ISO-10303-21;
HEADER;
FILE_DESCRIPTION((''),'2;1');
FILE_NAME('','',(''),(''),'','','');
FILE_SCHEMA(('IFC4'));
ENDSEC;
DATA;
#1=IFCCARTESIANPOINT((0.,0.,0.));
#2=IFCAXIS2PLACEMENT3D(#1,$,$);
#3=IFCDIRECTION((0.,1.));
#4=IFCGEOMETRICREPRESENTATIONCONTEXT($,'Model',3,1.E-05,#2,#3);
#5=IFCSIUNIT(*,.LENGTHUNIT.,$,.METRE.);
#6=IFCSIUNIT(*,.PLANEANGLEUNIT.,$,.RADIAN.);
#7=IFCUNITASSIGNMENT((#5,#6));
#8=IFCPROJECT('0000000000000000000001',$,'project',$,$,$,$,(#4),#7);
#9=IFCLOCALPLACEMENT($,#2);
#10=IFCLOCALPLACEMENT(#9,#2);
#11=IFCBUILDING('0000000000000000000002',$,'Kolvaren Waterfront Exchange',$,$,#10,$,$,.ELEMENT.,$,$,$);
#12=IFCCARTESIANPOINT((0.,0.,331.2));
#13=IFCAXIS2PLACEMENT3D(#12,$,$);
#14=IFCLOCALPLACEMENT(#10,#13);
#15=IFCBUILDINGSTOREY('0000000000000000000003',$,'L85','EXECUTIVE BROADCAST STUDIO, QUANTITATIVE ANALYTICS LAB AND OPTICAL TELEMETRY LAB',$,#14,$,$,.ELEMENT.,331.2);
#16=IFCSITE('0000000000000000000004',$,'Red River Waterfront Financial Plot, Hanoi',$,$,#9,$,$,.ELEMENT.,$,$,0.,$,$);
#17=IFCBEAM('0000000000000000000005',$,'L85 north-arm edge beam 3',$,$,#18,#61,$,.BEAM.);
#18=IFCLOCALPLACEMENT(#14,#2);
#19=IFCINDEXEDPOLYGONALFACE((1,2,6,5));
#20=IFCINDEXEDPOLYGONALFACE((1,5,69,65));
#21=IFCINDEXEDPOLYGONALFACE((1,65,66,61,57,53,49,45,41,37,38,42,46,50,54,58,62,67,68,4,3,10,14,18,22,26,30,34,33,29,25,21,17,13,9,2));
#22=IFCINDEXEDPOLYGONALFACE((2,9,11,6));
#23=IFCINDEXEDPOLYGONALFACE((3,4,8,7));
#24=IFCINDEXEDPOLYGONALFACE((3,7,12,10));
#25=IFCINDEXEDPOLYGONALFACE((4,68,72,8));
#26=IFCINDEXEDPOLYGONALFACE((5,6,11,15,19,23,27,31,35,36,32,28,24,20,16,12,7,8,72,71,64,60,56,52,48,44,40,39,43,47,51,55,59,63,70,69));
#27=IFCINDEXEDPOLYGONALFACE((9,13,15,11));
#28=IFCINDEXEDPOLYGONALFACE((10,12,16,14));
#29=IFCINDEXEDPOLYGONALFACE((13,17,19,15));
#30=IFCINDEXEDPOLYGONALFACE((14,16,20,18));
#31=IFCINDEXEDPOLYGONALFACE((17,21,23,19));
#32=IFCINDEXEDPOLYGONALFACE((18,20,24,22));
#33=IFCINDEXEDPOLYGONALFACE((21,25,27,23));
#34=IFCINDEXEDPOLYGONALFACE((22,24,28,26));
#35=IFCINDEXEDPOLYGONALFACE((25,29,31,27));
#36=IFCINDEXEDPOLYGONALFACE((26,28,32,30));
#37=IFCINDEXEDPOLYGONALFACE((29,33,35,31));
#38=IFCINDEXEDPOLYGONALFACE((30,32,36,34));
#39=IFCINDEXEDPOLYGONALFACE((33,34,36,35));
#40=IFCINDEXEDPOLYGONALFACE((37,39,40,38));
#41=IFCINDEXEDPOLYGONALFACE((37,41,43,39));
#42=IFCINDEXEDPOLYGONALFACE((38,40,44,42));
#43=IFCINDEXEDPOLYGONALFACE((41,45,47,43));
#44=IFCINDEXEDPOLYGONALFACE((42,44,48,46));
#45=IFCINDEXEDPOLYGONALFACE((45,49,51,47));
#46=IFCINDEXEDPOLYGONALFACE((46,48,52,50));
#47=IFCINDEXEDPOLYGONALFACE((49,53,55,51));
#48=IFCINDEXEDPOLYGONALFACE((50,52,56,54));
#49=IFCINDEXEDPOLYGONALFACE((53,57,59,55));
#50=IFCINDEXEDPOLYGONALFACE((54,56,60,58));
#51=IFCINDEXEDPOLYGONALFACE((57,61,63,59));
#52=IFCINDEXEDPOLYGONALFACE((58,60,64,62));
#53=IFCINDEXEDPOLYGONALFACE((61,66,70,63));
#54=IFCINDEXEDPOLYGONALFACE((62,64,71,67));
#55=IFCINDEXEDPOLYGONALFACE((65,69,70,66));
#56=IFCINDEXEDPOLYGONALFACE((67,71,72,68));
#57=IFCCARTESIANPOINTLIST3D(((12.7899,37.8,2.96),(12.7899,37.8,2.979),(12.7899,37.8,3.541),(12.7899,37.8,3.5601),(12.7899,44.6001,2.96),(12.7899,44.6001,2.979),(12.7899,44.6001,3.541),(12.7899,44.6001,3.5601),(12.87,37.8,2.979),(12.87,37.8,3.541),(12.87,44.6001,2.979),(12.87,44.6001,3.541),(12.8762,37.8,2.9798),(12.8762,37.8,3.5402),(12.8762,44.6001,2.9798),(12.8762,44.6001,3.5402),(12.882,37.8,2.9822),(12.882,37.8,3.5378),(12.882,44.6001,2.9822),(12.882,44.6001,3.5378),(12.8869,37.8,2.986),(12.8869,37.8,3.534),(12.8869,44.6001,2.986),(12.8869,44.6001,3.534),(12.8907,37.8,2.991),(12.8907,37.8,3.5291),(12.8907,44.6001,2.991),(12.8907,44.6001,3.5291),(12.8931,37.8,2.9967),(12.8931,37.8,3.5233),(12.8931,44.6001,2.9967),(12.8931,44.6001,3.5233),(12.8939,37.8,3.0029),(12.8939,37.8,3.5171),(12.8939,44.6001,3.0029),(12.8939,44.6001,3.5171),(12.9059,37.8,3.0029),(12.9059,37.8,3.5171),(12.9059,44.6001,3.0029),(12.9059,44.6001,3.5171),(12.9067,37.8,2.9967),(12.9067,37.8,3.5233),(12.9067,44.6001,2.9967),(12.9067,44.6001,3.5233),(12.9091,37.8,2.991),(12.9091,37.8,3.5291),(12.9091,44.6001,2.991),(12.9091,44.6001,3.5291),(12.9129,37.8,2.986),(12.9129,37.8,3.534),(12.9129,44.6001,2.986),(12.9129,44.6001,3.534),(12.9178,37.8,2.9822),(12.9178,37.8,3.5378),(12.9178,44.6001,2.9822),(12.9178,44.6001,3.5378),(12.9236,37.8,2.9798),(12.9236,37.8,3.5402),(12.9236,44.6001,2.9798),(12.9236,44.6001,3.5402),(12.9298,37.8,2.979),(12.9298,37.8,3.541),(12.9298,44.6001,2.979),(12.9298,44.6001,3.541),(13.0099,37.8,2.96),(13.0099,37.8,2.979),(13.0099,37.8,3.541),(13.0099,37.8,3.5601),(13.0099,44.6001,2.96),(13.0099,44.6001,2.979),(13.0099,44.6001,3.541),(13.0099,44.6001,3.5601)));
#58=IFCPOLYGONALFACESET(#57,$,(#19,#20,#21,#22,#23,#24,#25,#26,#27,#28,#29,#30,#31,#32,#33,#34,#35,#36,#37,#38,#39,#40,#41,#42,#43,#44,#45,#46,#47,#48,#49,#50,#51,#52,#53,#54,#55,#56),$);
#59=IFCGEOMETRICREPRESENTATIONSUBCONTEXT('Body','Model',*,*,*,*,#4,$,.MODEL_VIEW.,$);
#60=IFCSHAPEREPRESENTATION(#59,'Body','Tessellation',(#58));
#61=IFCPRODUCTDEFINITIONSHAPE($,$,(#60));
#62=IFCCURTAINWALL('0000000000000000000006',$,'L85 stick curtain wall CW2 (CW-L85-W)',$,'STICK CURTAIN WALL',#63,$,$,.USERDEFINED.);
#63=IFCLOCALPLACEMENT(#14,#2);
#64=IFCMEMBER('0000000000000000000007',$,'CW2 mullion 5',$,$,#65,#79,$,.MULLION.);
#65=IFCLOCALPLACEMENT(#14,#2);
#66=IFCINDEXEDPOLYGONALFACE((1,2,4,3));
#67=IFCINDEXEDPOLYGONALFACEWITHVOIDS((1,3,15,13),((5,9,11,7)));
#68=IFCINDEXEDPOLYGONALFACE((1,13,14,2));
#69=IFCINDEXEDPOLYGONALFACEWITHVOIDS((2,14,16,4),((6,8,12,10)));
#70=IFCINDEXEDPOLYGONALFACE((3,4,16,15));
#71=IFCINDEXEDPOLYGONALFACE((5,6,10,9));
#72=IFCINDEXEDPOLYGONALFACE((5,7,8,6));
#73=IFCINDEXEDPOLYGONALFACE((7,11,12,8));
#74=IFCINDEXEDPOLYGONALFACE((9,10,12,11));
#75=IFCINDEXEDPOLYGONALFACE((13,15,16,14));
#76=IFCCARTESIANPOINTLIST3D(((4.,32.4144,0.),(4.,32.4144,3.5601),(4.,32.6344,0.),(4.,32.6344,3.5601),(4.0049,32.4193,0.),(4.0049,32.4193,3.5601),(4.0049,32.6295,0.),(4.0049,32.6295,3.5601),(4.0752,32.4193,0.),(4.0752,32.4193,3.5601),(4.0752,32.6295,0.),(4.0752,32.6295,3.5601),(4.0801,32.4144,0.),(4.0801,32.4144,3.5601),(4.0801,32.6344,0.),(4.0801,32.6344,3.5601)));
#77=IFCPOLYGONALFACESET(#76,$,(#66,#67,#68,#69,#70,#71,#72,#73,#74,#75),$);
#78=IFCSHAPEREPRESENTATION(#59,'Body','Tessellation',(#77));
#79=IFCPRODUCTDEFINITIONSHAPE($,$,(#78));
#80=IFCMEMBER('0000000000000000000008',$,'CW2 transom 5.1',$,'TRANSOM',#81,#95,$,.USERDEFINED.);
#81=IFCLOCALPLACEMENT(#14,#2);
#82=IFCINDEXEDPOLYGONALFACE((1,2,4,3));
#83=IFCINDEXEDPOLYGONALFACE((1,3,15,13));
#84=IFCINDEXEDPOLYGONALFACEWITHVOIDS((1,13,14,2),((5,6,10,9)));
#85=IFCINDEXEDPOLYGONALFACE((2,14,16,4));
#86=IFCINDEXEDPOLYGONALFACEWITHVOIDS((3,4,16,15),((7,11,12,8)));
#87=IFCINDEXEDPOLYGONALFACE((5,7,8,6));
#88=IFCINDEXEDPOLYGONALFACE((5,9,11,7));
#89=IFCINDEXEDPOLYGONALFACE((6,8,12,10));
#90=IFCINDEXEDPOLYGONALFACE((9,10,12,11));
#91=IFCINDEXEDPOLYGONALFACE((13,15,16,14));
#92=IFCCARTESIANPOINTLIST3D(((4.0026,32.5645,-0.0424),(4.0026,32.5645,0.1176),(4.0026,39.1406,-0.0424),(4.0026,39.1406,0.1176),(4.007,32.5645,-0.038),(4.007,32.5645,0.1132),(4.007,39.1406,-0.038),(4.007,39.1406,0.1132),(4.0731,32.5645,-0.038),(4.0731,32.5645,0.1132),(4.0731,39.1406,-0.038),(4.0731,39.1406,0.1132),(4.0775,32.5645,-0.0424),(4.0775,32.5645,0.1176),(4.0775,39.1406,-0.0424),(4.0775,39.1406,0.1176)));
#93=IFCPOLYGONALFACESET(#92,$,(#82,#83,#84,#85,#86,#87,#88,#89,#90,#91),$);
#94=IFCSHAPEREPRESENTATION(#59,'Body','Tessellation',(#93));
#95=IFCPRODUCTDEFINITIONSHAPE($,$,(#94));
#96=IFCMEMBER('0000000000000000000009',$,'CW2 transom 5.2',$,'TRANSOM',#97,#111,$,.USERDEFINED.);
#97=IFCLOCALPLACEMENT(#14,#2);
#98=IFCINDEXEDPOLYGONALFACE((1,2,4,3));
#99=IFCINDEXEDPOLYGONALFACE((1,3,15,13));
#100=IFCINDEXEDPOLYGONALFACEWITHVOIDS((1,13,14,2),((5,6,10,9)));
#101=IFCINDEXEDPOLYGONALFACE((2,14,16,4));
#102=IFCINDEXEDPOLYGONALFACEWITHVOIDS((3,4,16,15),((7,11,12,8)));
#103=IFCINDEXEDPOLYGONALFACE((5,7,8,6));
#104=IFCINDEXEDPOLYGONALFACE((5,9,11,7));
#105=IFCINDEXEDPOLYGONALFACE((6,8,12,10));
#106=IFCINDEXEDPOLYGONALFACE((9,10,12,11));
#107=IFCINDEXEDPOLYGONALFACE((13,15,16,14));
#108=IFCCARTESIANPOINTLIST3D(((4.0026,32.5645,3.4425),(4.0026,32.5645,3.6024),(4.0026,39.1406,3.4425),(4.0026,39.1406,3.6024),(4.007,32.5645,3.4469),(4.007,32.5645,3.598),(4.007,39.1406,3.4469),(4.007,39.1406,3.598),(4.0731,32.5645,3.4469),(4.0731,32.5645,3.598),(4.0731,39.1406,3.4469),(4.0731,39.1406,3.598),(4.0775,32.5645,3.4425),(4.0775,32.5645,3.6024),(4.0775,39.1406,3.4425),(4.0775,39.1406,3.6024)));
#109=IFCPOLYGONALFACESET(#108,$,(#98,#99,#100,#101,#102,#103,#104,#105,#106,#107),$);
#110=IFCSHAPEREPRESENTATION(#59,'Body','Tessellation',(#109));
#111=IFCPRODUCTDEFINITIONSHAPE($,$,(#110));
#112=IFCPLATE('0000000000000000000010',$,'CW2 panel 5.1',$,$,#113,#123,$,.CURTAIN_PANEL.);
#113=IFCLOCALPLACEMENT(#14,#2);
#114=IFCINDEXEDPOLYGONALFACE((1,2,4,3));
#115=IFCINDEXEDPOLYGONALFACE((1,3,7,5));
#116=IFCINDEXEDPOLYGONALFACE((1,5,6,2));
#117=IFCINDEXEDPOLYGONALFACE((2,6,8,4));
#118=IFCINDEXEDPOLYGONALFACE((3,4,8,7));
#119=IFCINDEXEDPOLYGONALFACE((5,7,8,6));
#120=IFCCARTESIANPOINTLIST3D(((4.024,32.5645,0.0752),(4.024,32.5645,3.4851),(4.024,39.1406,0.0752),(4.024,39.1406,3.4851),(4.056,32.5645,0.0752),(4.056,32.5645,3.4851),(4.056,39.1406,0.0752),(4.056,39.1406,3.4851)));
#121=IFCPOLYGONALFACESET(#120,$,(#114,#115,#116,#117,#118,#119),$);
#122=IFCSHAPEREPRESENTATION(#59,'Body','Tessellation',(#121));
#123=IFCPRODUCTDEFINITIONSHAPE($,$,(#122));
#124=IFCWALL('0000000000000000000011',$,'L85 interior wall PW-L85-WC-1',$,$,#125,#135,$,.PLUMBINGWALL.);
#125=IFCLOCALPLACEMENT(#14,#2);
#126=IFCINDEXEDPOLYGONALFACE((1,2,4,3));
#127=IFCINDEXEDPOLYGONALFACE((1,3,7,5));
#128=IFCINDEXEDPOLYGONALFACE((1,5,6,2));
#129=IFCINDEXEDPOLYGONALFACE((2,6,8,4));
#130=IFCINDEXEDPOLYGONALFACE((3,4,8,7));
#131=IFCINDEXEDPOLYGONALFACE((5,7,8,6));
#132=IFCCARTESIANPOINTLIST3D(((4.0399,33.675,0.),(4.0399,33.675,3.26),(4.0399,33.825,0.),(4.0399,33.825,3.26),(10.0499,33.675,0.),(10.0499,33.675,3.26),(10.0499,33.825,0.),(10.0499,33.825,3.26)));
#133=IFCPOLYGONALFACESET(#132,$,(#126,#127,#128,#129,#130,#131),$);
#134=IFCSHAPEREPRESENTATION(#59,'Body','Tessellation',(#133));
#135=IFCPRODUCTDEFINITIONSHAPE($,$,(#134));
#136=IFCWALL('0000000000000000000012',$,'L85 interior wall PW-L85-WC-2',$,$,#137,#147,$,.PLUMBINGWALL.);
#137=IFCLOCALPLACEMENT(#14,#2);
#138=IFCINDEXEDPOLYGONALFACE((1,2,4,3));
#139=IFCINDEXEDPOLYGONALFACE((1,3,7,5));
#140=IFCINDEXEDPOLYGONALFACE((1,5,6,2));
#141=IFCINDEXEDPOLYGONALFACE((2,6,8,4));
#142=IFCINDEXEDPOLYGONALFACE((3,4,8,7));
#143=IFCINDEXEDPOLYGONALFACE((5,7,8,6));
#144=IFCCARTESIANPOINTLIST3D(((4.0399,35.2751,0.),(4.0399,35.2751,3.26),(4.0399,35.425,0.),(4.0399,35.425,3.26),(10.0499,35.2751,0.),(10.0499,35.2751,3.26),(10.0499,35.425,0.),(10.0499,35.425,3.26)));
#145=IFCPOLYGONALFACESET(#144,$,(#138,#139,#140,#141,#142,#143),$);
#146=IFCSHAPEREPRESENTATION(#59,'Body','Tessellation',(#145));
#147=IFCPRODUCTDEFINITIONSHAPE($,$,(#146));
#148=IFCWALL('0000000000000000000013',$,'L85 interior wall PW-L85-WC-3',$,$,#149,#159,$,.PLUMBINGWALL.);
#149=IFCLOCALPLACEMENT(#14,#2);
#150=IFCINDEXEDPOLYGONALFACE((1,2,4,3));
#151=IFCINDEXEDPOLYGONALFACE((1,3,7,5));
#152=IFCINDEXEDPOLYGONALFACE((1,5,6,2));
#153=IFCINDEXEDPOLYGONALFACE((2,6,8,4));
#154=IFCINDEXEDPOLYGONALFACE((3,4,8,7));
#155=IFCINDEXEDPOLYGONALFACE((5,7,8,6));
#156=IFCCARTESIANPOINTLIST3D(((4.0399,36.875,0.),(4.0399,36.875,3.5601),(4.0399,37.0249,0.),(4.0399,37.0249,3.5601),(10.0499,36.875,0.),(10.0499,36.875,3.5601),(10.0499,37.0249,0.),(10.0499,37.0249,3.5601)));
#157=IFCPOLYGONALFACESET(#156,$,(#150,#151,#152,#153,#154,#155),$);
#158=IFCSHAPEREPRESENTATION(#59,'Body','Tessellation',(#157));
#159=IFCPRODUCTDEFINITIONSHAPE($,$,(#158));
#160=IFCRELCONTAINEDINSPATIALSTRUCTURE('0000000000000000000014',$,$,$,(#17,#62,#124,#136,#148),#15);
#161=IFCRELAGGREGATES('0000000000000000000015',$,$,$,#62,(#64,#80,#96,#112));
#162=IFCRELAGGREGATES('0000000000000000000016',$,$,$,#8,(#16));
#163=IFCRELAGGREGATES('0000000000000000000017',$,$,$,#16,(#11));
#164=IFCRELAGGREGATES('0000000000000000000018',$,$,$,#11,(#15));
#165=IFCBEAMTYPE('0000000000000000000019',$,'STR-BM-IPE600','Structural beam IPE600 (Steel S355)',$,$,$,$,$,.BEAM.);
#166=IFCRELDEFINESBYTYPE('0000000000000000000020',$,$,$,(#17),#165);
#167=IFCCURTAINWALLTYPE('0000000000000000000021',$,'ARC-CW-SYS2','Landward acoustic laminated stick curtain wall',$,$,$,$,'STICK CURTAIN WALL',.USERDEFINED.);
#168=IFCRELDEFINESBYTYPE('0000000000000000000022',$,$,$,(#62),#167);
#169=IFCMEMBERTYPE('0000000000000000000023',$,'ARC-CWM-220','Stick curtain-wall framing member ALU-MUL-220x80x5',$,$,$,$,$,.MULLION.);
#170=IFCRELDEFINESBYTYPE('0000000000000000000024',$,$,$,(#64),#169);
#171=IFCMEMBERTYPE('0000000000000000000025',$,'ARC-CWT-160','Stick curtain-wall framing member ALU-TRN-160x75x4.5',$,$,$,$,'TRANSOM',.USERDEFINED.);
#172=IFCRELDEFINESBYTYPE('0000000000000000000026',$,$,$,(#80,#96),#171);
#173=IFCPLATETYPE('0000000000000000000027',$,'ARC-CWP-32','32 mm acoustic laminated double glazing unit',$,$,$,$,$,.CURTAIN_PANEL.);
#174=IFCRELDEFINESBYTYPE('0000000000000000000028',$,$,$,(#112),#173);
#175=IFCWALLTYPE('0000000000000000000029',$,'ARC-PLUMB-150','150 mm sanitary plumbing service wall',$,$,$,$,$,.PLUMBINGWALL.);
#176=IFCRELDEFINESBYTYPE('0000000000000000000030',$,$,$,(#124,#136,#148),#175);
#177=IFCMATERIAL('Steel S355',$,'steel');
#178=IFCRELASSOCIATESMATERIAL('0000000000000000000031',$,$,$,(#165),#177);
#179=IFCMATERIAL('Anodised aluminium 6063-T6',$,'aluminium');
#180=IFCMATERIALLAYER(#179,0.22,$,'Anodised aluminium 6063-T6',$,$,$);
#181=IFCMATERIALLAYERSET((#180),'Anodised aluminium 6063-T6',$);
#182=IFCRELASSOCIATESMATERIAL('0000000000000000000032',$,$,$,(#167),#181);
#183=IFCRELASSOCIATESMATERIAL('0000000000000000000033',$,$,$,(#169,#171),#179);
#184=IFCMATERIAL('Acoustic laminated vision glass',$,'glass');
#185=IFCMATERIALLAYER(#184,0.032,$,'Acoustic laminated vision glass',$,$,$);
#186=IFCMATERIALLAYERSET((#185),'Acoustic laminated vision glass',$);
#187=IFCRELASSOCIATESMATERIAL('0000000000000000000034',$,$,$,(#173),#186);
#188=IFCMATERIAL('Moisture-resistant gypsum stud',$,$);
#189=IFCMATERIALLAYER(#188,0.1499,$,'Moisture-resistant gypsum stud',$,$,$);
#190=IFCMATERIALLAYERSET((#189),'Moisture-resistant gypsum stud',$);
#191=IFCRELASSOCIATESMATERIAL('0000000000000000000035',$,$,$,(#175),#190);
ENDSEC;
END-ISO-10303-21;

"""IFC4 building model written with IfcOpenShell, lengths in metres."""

from ifc_helpers import new_model, si_unit, direction, frame, frame_2d, origin, origin_with_axes, origin_2d, place, context, subcontext, project, spatial, rectangle, hollow_rectangle, i_section, extrude, source, transform, mapped, material, layer, layer_set, material_profile, profile_set, type_object, element, aggregate, save


model = new_model("IFC4")

# Units and contexts
model_context = context("Model", 3, precision=1e-05, world=origin(), true_north=direction((0.0, 1.0)))
body_context = subcontext(model_context, "Body", "Model", "MODEL_VIEW")
ifc_project = project(units=[si_unit("LENGTHUNIT", "METRE"), si_unit("PLANEANGLEUNIT", "RADIAN")], contexts=[model_context])

# Site, building, storey
site_placement = place(None, origin())
site = spatial("IfcSite", under=ifc_project, at=site_placement, Name="Red River Waterfront Financial Plot, Hanoi", CompositionType="ELEMENT", RefElevation=0.0)
building_placement = place(site_placement, origin())
building = spatial("IfcBuilding", under=site, at=building_placement, Name="Kolvaren Waterfront Exchange", CompositionType="ELEMENT")
storey_placement = place(building_placement, frame((0.0, 0.0, 331.2)))
storey = spatial("IfcBuildingStorey", under=building, at=storey_placement, Name="L85", Description="EXECUTIVE BROADCAST STUDIO, QUANTITATIVE ANALYTICS LAB AND OPTICAL TELEMETRY LAB", CompositionType="ELEMENT", Elevation=331.2)

# Beam
ifc_material_1 = material(Name="Steel S355", Category="steel")
ifc_material_profile_1 = material_profile(ifc_material_1, i_section(OverallWidth=0.22, OverallDepth=0.6001, WebThickness=0.012, FlangeThickness=0.019, FilletRadius=0.0239, at=origin_2d()), Name="IPE600")
ifc_profile_set_1 = profile_set([ifc_material_profile_1], Name="Steel S355")
beam_type_1 = type_object("IfcBeamType", Name="STR-BM-IPE600", Description="Structural beam IPE600 (Steel S355)", PredefinedType="BEAM", material=ifc_profile_set_1)
beam_1_placement = place(storey_placement, frame((12.8999, 37.8, 3.26), z_axis=(0.0, 1.0, 0.0), x_axis=(-1.0, 0.0, 0.0)))
element("IfcBeam", 1, at=beam_1_placement, inside=storey, type_object=beam_type_1, Name="L85 north-arm edge beam 3", PredefinedType="BEAM", context=body_context, shape_type="SweptSolid", body=[
    extrude(i_section(OverallWidth=0.22, OverallDepth=0.6001, WebThickness=0.012, FlangeThickness=0.019, FilletRadius=0.0239, at=origin_2d()), origin(), (0.0, 0.0, 1.0), 6.8),
])

# Curtain wall, members, plate
ifc_material_2 = material(Name="Anodised aluminium 6063-T6", Category="aluminium")
ifc_layer_1 = layer(ifc_material_2, 0.22, Name="Anodised aluminium 6063-T6")
ifc_layer_set_1 = layer_set([ifc_layer_1], Name="Anodised aluminium 6063-T6")
curtain_wall_type = type_object("IfcCurtainWallType", Name="ARC-CW-SYS2", Description="Landward acoustic laminated stick curtain wall", ElementType="STICK CURTAIN WALL", PredefinedType="USERDEFINED", material=ifc_layer_set_1)
curtain_wall_placement = place(storey_placement, origin())
curtain_wall = element("IfcCurtainWall", 2, at=curtain_wall_placement, inside=storey, type_object=curtain_wall_type, Name="L85 stick curtain wall CW2 (CW-L85-W)", ObjectType="STICK CURTAIN WALL", PredefinedType="USERDEFINED")
ifc_material_profile_2 = material_profile(ifc_material_2, hollow_rectangle(XDim=0.0801, YDim=0.22, WallThickness=0.0049, at=origin_2d()), Name="ALU-MUL-220x80x5")
ifc_profile_set_2 = profile_set([ifc_material_profile_2], Name="Anodised aluminium 6063-T6")
member_type_1 = type_object("IfcMemberType", Name="ARC-CWM-220", Description="Stick curtain-wall framing member ALU-MUL-220x80x5", PredefinedType="MULLION", material=ifc_profile_set_2)
shared_shape_1 = source(origin_with_axes(), body_context, "Body", "SweptSolid", [
    extrude(hollow_rectangle(XDim=0.0801, YDim=0.22, WallThickness=0.0049, at=origin_2d()), origin(), (0.0, 0.0, 1.0), 3.5601),
])
member_1_placement = place(storey_placement, frame((4.04, 32.5244, 0.0), z_axis=(0.0, 0.0, 1.0), x_axis=(-1.0, 0.0, 0.0)))
member_1 = element("IfcMember", 3, at=member_1_placement, type_object=member_type_1, Name="CW2 mullion 5", PredefinedType="MULLION", context=body_context, shape_type="MappedRepresentation", body=[
    mapped(shared_shape_1, transform((0.0, 0.0, 0.0), x_axis=(1.0, 0.0, 0.0), y_axis=(0.0, 1.0, 0.0), z_axis=(0.0, 0.0, 1.0), scale=1.0)),
])
ifc_material_profile_3 = material_profile(ifc_material_2, hollow_rectangle(XDim=0.075, YDim=0.1599, WallThickness=0.0044, at=origin_2d()), Name="ALU-TRN-160x75x4.5")
ifc_profile_set_3 = profile_set([ifc_material_profile_3], Name="Anodised aluminium 6063-T6")
member_type_2 = type_object("IfcMemberType", Name="ARC-CWT-160", Description="Stick curtain-wall framing member ALU-TRN-160x75x4.5", ElementType="TRANSOM", PredefinedType="USERDEFINED", material=ifc_profile_set_3)
shared_shape_2 = source(origin_with_axes(), body_context, "Body", "SweptSolid", [
    extrude(hollow_rectangle(XDim=0.075, YDim=0.1599, WallThickness=0.0044, at=origin_2d()), origin(), (0.0, 0.0, 1.0), 6.5762),
])
member_2_placement = place(storey_placement, frame((4.04, 32.5645, 0.0376), z_axis=(0.0, 1.0, 0.0), x_axis=(-1.0, 0.0, 0.0)))
member_2 = element("IfcMember", 4, at=member_2_placement, type_object=member_type_2, Name="CW2 transom 5.1", ObjectType="TRANSOM", PredefinedType="USERDEFINED", context=body_context, shape_type="MappedRepresentation", body=[
    mapped(shared_shape_2, transform((0.0, 0.0, 0.0), x_axis=(1.0, 0.0, 0.0), y_axis=(0.0, 1.0, 0.0), z_axis=(0.0, 0.0, 1.0), scale=1.0)),
])
member_3_placement = place(storey_placement, frame((4.04, 32.5645, 3.5225), z_axis=(0.0, 1.0, 0.0), x_axis=(-1.0, 0.0, 0.0)))
member_3 = element("IfcMember", 5, at=member_3_placement, type_object=member_type_2, Name="CW2 transom 5.2", ObjectType="TRANSOM", PredefinedType="USERDEFINED", context=body_context, shape_type="MappedRepresentation", body=[
    mapped(shared_shape_2, transform((0.0, 0.0, 0.0), x_axis=(1.0, 0.0, 0.0), y_axis=(0.0, 1.0, 0.0), z_axis=(0.0, 0.0, 1.0), scale=1.0)),
])
ifc_material_3 = material(Name="Acoustic laminated vision glass", Category="glass")
ifc_layer_2 = layer(ifc_material_3, 0.032, Name="Acoustic laminated vision glass")
ifc_layer_set_2 = layer_set([ifc_layer_2], Name="Acoustic laminated vision glass")
plate_type = type_object("IfcPlateType", Name="ARC-CWP-32", Description="32 mm acoustic laminated double glazing unit", PredefinedType="CURTAIN_PANEL", material=ifc_layer_set_2)
shared_shape_3 = source(origin_with_axes(), body_context, "Body", "SweptSolid", [
    extrude(rectangle(XDim=6.5762, YDim=0.032, at=origin_2d()), origin(), (0.0, 0.0, 1.0), 3.4099),
])
plate_placement = place(storey_placement, frame((4.04, 35.8525, 0.0752), z_axis=(0.0, 0.0, 1.0), x_axis=(0.0, 1.0, 0.0)))
plate = element("IfcPlate", 6, at=plate_placement, type_object=plate_type, Name="CW2 panel 5.1", PredefinedType="CURTAIN_PANEL", context=body_context, shape_type="MappedRepresentation", body=[
    mapped(shared_shape_3, transform((0.0, 0.0, 0.0), x_axis=(1.0, 0.0, 0.0), y_axis=(0.0, 1.0, 0.0), z_axis=(0.0, 0.0, 1.0), scale=1.0)),
])
aggregate(curtain_wall, [member_1, member_2, member_3, plate])

# Shared definitions
ifc_material_4 = material(Name="Moisture-resistant gypsum stud")
ifc_layer_3 = layer(ifc_material_4, 0.1499, Name="Moisture-resistant gypsum stud")
ifc_layer_set_3 = layer_set([ifc_layer_3], Name="Moisture-resistant gypsum stud")
wall_type = type_object("IfcWallType", Name="ARC-PLUMB-150", Description="150 mm sanitary plumbing service wall", PredefinedType="PLUMBINGWALL", material=ifc_layer_set_3)

# Walls
for number, where, z_axis, x_axis, name in (
    (7, (4.04, 33.75, 0.0), (0.0, 0.0, 1.0), (1.0, 0.0, 0.0), "L85 interior wall PW-L85-WC-1"),
    (8, (4.04, 35.3501, 0.0), (0.0, 0.0, 1.0), (1.0, 0.0, 0.0), "L85 interior wall PW-L85-WC-2"),
):
    element("IfcWall", number, at=place(storey_placement, frame(where, z_axis=z_axis, x_axis=x_axis)), inside=storey, type_object=wall_type, Name=name, PredefinedType="PLUMBINGWALL", context=body_context, shape_type="SweptSolid", body=[
        extrude(rectangle(XDim=6.01, YDim=0.1499, at=frame_2d((3.0049, 0.0))), origin(), (0.0, 0.0, 1.0), 3.26),
    ])
wall_1_placement = place(storey_placement, frame((4.04, 36.95, 0.0), z_axis=(0.0, 0.0, 1.0), x_axis=(1.0, 0.0, 0.0)))
element("IfcWall", 9, at=wall_1_placement, inside=storey, type_object=wall_type, Name="L85 interior wall PW-L85-WC-3", PredefinedType="PLUMBINGWALL", context=body_context, shape_type="SweptSolid", body=[
    extrude(rectangle(XDim=6.01, YDim=0.1499, at=frame_2d((3.0049, 0.0))), origin(), (0.0, 0.0, 1.0), 3.5601),
])

save(model, "model.ifc")
